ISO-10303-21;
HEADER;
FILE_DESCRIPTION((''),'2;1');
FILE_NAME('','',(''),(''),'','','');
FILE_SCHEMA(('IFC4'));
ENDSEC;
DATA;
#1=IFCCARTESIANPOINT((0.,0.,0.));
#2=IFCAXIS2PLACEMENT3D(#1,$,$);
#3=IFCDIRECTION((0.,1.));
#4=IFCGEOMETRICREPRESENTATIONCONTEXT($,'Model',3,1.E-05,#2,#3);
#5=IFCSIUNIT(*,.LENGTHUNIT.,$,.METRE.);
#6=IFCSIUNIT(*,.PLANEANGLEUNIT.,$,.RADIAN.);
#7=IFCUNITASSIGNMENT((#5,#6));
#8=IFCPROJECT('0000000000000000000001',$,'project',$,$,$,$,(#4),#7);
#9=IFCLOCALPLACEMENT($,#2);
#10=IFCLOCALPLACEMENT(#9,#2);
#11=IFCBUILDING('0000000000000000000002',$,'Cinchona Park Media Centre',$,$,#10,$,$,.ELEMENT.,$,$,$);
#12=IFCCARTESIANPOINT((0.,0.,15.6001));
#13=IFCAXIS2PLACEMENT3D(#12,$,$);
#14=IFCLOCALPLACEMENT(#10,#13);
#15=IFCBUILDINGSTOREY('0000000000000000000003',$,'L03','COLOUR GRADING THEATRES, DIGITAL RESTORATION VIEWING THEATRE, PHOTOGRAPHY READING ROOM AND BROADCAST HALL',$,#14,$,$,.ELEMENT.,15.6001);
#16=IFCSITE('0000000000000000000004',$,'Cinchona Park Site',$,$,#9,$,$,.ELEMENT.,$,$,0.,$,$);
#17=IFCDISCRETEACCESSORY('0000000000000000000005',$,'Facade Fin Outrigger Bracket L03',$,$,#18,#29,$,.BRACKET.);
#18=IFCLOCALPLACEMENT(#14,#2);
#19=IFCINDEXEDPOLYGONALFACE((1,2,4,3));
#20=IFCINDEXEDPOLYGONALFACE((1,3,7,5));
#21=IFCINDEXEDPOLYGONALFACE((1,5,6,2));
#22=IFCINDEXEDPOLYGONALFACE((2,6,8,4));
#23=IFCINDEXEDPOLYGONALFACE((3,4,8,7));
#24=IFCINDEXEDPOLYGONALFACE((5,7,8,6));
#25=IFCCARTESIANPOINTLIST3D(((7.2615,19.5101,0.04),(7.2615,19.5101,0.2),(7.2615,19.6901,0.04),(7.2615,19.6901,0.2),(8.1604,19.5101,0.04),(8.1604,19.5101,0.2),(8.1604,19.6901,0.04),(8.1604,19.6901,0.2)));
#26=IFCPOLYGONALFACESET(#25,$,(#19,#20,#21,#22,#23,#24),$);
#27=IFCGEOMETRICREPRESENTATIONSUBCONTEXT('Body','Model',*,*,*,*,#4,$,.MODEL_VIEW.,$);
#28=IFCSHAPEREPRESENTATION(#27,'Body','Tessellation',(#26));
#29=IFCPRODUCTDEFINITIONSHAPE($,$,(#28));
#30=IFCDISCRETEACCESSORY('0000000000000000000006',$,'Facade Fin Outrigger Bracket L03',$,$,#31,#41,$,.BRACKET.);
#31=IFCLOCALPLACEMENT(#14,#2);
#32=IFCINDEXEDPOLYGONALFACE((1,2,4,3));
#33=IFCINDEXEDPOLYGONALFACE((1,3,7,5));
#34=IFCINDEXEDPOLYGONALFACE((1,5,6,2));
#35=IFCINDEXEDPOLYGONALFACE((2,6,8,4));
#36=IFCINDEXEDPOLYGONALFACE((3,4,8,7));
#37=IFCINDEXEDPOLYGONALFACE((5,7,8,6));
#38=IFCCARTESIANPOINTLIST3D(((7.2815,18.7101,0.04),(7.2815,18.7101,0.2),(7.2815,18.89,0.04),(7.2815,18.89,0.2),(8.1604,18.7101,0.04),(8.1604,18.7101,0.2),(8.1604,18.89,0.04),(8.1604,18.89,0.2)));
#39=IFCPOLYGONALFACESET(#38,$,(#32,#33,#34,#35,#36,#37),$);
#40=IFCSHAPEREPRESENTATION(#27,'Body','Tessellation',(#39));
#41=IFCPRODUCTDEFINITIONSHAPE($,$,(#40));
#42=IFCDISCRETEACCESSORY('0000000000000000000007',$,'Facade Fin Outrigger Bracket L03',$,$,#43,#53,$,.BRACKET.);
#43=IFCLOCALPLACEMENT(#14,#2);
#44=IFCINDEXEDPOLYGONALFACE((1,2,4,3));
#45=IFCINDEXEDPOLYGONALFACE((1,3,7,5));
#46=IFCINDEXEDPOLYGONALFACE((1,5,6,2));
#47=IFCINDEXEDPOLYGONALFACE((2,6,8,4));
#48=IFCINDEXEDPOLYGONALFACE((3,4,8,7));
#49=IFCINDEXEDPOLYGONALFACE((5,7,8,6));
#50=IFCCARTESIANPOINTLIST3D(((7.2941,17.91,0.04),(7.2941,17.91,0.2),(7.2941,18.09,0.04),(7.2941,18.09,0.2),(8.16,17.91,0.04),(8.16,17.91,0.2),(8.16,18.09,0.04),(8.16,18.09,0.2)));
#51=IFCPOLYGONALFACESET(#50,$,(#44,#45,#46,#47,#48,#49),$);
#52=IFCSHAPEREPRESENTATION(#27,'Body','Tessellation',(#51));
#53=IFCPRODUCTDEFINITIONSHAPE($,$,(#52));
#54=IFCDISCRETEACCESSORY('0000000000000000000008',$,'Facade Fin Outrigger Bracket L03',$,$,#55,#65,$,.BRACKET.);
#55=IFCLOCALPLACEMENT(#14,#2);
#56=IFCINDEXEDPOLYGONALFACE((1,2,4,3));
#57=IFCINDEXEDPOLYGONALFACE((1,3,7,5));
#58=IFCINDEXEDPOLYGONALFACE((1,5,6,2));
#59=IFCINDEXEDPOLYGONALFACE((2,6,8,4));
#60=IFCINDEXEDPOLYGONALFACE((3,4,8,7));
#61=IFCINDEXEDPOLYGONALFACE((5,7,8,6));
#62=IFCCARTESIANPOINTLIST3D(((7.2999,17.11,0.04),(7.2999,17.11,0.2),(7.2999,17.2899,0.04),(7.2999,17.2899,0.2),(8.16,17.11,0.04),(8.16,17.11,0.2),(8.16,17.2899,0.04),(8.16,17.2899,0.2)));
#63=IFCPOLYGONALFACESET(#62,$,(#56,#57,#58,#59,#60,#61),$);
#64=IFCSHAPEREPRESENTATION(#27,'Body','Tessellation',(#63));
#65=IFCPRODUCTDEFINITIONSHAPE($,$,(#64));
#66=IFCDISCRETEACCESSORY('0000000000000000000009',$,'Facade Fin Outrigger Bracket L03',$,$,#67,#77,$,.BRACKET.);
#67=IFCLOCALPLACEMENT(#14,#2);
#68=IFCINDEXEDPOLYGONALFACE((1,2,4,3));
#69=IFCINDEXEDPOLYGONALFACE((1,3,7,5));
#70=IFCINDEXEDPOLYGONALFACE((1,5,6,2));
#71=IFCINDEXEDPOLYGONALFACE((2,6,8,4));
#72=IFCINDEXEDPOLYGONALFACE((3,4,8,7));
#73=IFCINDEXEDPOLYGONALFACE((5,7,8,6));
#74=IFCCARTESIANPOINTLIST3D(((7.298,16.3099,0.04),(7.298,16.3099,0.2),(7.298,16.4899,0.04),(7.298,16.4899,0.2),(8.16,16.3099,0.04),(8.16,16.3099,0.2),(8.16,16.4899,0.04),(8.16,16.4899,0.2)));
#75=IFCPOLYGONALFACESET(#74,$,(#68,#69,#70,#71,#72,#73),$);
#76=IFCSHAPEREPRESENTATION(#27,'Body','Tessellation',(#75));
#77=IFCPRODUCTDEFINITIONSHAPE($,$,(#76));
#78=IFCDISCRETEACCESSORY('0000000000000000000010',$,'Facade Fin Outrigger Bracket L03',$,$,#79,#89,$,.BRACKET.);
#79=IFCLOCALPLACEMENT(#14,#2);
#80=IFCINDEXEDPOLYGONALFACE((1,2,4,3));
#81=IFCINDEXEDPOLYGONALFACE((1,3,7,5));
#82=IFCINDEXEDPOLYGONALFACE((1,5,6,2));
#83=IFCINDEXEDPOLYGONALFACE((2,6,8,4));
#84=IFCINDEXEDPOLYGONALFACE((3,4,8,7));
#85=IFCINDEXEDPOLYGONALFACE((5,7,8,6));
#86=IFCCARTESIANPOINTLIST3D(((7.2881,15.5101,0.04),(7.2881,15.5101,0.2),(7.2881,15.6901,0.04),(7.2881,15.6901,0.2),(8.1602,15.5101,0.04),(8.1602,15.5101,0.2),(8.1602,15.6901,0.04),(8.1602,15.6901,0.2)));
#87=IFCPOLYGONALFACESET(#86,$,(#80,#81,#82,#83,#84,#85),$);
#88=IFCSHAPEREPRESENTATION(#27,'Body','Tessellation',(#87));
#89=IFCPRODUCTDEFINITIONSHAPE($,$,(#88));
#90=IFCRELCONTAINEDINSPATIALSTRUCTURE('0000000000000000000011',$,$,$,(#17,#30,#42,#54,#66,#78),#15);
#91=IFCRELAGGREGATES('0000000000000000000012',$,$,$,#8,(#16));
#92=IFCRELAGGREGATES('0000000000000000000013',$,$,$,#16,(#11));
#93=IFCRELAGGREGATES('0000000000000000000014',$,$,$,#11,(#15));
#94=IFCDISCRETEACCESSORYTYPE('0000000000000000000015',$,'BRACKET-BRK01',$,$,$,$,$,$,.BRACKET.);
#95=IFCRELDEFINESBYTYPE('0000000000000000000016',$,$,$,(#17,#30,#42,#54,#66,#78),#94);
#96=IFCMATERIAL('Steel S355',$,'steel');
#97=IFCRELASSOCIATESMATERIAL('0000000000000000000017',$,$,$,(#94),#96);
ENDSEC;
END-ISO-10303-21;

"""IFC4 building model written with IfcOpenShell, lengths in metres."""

from ifc_helpers import new_model, si_unit, direction, frame, origin, origin_2d, place, context, subcontext, project, spatial, rectangle, extrude, material, type_object, element, save


model = new_model("IFC4")

# Units and contexts
model_context = context("Model", 3, precision=1e-05, world=origin(), true_north=direction((0.0, 1.0)))
body_context = subcontext(model_context, "Body", "Model", "MODEL_VIEW")
ifc_project = project(units=[si_unit("LENGTHUNIT", "METRE"), si_unit("PLANEANGLEUNIT", "RADIAN")], contexts=[model_context])

# Site, building, storey
site_placement = place(None, origin())
site = spatial("IfcSite", under=ifc_project, at=site_placement, Name="Cinchona Park Site", CompositionType="ELEMENT", RefElevation=0.0)
building_placement = place(site_placement, origin())
building = spatial("IfcBuilding", under=site, at=building_placement, Name="Cinchona Park Media Centre", CompositionType="ELEMENT")
storey_placement = place(building_placement, frame((0.0, 0.0, 15.6001)))
storey = spatial("IfcBuildingStorey", under=building, at=storey_placement, Name="L03", Description="COLOUR GRADING THEATRES, DIGITAL RESTORATION VIEWING THEATRE, PHOTOGRAPHY READING ROOM AND BROADCAST HALL", CompositionType="ELEMENT", Elevation=15.6001)

# Discrete accessories
ifc_material_1 = material(Name="Steel S355", Category="steel")
discrete_accessory_type = type_object("IfcDiscreteAccessoryType", Name="BRACKET-BRK01", PredefinedType="BRACKET", material=ifc_material_1)
discrete_accessory_1_placement = place(storey_placement, frame((7.7109, 19.6001, 0.04), z_axis=(0.0, 0.0, 1.0), x_axis=(0.0, -1.0, 0.0)))
element("IfcDiscreteAccessory", 1, at=discrete_accessory_1_placement, inside=storey, type_object=discrete_accessory_type, Name="Facade Fin Outrigger Bracket L03", PredefinedType="BRACKET", context=body_context, shape_type="SweptSolid", body=[
    extrude(rectangle(XDim=0.1799, YDim=0.8989, at=origin_2d()), origin(), (0.0, 0.0, 1.0), 0.1599),
])
discrete_accessory_2_placement = place(storey_placement, frame((7.7209, 18.8, 0.04), z_axis=(0.0, 0.0, 1.0), x_axis=(0.0, -1.0, 0.0)))
element("IfcDiscreteAccessory", 2, at=discrete_accessory_2_placement, inside=storey, type_object=discrete_accessory_type, Name="Facade Fin Outrigger Bracket L03", PredefinedType="BRACKET", context=body_context, shape_type="SweptSolid", body=[
    extrude(rectangle(XDim=0.1799, YDim=0.8789, at=origin_2d()), origin(), (0.0, 0.0, 1.0), 0.1599),
])
discrete_accessory_3_placement = place(storey_placement, frame((7.7271, 18.0, 0.04), z_axis=(0.0, 0.0, 1.0), x_axis=(0.0, -1.0, 0.0)))
element("IfcDiscreteAccessory", 3, at=discrete_accessory_3_placement, inside=storey, type_object=discrete_accessory_type, Name="Facade Fin Outrigger Bracket L03", PredefinedType="BRACKET", context=body_context, shape_type="SweptSolid", body=[
    extrude(rectangle(XDim=0.1799, YDim=0.866, at=origin_2d()), origin(), (0.0, 0.0, 1.0), 0.1599),
])
discrete_accessory_4_placement = place(storey_placement, frame((7.73, 17.2, 0.04), z_axis=(0.0, 0.0, 1.0), x_axis=(0.0, -1.0, 0.0)))
element("IfcDiscreteAccessory", 4, at=discrete_accessory_4_placement, inside=storey, type_object=discrete_accessory_type, Name="Facade Fin Outrigger Bracket L03", PredefinedType="BRACKET", context=body_context, shape_type="SweptSolid", body=[
    extrude(rectangle(XDim=0.1799, YDim=0.8601, at=origin_2d()), origin(), (0.0, 0.0, 1.0), 0.1599),
])
discrete_accessory_5_placement = place(storey_placement, frame((7.729, 16.3999, 0.04), z_axis=(0.0, 0.0, 1.0), x_axis=(0.0, -1.0, 0.0)))
element("IfcDiscreteAccessory", 5, at=discrete_accessory_5_placement, inside=storey, type_object=discrete_accessory_type, Name="Facade Fin Outrigger Bracket L03", PredefinedType="BRACKET", context=body_context, shape_type="SweptSolid", body=[
    extrude(rectangle(XDim=0.1799, YDim=0.8621, at=origin_2d()), origin(), (0.0, 0.0, 1.0), 0.1599),
])
discrete_accessory_6_placement = place(storey_placement, frame((7.7241, 15.6001, 0.04), z_axis=(0.0, 0.0, 1.0), x_axis=(0.0, -1.0, 0.0)))
element("IfcDiscreteAccessory", 6, at=discrete_accessory_6_placement, inside=storey, type_object=discrete_accessory_type, Name="Facade Fin Outrigger Bracket L03", PredefinedType="BRACKET", context=body_context, shape_type="SweptSolid", body=[
    extrude(rectangle(XDim=0.1799, YDim=0.8721, at=origin_2d()), origin(), (0.0, 0.0, 1.0), 0.1599),
])

save(model, "model.ifc")
